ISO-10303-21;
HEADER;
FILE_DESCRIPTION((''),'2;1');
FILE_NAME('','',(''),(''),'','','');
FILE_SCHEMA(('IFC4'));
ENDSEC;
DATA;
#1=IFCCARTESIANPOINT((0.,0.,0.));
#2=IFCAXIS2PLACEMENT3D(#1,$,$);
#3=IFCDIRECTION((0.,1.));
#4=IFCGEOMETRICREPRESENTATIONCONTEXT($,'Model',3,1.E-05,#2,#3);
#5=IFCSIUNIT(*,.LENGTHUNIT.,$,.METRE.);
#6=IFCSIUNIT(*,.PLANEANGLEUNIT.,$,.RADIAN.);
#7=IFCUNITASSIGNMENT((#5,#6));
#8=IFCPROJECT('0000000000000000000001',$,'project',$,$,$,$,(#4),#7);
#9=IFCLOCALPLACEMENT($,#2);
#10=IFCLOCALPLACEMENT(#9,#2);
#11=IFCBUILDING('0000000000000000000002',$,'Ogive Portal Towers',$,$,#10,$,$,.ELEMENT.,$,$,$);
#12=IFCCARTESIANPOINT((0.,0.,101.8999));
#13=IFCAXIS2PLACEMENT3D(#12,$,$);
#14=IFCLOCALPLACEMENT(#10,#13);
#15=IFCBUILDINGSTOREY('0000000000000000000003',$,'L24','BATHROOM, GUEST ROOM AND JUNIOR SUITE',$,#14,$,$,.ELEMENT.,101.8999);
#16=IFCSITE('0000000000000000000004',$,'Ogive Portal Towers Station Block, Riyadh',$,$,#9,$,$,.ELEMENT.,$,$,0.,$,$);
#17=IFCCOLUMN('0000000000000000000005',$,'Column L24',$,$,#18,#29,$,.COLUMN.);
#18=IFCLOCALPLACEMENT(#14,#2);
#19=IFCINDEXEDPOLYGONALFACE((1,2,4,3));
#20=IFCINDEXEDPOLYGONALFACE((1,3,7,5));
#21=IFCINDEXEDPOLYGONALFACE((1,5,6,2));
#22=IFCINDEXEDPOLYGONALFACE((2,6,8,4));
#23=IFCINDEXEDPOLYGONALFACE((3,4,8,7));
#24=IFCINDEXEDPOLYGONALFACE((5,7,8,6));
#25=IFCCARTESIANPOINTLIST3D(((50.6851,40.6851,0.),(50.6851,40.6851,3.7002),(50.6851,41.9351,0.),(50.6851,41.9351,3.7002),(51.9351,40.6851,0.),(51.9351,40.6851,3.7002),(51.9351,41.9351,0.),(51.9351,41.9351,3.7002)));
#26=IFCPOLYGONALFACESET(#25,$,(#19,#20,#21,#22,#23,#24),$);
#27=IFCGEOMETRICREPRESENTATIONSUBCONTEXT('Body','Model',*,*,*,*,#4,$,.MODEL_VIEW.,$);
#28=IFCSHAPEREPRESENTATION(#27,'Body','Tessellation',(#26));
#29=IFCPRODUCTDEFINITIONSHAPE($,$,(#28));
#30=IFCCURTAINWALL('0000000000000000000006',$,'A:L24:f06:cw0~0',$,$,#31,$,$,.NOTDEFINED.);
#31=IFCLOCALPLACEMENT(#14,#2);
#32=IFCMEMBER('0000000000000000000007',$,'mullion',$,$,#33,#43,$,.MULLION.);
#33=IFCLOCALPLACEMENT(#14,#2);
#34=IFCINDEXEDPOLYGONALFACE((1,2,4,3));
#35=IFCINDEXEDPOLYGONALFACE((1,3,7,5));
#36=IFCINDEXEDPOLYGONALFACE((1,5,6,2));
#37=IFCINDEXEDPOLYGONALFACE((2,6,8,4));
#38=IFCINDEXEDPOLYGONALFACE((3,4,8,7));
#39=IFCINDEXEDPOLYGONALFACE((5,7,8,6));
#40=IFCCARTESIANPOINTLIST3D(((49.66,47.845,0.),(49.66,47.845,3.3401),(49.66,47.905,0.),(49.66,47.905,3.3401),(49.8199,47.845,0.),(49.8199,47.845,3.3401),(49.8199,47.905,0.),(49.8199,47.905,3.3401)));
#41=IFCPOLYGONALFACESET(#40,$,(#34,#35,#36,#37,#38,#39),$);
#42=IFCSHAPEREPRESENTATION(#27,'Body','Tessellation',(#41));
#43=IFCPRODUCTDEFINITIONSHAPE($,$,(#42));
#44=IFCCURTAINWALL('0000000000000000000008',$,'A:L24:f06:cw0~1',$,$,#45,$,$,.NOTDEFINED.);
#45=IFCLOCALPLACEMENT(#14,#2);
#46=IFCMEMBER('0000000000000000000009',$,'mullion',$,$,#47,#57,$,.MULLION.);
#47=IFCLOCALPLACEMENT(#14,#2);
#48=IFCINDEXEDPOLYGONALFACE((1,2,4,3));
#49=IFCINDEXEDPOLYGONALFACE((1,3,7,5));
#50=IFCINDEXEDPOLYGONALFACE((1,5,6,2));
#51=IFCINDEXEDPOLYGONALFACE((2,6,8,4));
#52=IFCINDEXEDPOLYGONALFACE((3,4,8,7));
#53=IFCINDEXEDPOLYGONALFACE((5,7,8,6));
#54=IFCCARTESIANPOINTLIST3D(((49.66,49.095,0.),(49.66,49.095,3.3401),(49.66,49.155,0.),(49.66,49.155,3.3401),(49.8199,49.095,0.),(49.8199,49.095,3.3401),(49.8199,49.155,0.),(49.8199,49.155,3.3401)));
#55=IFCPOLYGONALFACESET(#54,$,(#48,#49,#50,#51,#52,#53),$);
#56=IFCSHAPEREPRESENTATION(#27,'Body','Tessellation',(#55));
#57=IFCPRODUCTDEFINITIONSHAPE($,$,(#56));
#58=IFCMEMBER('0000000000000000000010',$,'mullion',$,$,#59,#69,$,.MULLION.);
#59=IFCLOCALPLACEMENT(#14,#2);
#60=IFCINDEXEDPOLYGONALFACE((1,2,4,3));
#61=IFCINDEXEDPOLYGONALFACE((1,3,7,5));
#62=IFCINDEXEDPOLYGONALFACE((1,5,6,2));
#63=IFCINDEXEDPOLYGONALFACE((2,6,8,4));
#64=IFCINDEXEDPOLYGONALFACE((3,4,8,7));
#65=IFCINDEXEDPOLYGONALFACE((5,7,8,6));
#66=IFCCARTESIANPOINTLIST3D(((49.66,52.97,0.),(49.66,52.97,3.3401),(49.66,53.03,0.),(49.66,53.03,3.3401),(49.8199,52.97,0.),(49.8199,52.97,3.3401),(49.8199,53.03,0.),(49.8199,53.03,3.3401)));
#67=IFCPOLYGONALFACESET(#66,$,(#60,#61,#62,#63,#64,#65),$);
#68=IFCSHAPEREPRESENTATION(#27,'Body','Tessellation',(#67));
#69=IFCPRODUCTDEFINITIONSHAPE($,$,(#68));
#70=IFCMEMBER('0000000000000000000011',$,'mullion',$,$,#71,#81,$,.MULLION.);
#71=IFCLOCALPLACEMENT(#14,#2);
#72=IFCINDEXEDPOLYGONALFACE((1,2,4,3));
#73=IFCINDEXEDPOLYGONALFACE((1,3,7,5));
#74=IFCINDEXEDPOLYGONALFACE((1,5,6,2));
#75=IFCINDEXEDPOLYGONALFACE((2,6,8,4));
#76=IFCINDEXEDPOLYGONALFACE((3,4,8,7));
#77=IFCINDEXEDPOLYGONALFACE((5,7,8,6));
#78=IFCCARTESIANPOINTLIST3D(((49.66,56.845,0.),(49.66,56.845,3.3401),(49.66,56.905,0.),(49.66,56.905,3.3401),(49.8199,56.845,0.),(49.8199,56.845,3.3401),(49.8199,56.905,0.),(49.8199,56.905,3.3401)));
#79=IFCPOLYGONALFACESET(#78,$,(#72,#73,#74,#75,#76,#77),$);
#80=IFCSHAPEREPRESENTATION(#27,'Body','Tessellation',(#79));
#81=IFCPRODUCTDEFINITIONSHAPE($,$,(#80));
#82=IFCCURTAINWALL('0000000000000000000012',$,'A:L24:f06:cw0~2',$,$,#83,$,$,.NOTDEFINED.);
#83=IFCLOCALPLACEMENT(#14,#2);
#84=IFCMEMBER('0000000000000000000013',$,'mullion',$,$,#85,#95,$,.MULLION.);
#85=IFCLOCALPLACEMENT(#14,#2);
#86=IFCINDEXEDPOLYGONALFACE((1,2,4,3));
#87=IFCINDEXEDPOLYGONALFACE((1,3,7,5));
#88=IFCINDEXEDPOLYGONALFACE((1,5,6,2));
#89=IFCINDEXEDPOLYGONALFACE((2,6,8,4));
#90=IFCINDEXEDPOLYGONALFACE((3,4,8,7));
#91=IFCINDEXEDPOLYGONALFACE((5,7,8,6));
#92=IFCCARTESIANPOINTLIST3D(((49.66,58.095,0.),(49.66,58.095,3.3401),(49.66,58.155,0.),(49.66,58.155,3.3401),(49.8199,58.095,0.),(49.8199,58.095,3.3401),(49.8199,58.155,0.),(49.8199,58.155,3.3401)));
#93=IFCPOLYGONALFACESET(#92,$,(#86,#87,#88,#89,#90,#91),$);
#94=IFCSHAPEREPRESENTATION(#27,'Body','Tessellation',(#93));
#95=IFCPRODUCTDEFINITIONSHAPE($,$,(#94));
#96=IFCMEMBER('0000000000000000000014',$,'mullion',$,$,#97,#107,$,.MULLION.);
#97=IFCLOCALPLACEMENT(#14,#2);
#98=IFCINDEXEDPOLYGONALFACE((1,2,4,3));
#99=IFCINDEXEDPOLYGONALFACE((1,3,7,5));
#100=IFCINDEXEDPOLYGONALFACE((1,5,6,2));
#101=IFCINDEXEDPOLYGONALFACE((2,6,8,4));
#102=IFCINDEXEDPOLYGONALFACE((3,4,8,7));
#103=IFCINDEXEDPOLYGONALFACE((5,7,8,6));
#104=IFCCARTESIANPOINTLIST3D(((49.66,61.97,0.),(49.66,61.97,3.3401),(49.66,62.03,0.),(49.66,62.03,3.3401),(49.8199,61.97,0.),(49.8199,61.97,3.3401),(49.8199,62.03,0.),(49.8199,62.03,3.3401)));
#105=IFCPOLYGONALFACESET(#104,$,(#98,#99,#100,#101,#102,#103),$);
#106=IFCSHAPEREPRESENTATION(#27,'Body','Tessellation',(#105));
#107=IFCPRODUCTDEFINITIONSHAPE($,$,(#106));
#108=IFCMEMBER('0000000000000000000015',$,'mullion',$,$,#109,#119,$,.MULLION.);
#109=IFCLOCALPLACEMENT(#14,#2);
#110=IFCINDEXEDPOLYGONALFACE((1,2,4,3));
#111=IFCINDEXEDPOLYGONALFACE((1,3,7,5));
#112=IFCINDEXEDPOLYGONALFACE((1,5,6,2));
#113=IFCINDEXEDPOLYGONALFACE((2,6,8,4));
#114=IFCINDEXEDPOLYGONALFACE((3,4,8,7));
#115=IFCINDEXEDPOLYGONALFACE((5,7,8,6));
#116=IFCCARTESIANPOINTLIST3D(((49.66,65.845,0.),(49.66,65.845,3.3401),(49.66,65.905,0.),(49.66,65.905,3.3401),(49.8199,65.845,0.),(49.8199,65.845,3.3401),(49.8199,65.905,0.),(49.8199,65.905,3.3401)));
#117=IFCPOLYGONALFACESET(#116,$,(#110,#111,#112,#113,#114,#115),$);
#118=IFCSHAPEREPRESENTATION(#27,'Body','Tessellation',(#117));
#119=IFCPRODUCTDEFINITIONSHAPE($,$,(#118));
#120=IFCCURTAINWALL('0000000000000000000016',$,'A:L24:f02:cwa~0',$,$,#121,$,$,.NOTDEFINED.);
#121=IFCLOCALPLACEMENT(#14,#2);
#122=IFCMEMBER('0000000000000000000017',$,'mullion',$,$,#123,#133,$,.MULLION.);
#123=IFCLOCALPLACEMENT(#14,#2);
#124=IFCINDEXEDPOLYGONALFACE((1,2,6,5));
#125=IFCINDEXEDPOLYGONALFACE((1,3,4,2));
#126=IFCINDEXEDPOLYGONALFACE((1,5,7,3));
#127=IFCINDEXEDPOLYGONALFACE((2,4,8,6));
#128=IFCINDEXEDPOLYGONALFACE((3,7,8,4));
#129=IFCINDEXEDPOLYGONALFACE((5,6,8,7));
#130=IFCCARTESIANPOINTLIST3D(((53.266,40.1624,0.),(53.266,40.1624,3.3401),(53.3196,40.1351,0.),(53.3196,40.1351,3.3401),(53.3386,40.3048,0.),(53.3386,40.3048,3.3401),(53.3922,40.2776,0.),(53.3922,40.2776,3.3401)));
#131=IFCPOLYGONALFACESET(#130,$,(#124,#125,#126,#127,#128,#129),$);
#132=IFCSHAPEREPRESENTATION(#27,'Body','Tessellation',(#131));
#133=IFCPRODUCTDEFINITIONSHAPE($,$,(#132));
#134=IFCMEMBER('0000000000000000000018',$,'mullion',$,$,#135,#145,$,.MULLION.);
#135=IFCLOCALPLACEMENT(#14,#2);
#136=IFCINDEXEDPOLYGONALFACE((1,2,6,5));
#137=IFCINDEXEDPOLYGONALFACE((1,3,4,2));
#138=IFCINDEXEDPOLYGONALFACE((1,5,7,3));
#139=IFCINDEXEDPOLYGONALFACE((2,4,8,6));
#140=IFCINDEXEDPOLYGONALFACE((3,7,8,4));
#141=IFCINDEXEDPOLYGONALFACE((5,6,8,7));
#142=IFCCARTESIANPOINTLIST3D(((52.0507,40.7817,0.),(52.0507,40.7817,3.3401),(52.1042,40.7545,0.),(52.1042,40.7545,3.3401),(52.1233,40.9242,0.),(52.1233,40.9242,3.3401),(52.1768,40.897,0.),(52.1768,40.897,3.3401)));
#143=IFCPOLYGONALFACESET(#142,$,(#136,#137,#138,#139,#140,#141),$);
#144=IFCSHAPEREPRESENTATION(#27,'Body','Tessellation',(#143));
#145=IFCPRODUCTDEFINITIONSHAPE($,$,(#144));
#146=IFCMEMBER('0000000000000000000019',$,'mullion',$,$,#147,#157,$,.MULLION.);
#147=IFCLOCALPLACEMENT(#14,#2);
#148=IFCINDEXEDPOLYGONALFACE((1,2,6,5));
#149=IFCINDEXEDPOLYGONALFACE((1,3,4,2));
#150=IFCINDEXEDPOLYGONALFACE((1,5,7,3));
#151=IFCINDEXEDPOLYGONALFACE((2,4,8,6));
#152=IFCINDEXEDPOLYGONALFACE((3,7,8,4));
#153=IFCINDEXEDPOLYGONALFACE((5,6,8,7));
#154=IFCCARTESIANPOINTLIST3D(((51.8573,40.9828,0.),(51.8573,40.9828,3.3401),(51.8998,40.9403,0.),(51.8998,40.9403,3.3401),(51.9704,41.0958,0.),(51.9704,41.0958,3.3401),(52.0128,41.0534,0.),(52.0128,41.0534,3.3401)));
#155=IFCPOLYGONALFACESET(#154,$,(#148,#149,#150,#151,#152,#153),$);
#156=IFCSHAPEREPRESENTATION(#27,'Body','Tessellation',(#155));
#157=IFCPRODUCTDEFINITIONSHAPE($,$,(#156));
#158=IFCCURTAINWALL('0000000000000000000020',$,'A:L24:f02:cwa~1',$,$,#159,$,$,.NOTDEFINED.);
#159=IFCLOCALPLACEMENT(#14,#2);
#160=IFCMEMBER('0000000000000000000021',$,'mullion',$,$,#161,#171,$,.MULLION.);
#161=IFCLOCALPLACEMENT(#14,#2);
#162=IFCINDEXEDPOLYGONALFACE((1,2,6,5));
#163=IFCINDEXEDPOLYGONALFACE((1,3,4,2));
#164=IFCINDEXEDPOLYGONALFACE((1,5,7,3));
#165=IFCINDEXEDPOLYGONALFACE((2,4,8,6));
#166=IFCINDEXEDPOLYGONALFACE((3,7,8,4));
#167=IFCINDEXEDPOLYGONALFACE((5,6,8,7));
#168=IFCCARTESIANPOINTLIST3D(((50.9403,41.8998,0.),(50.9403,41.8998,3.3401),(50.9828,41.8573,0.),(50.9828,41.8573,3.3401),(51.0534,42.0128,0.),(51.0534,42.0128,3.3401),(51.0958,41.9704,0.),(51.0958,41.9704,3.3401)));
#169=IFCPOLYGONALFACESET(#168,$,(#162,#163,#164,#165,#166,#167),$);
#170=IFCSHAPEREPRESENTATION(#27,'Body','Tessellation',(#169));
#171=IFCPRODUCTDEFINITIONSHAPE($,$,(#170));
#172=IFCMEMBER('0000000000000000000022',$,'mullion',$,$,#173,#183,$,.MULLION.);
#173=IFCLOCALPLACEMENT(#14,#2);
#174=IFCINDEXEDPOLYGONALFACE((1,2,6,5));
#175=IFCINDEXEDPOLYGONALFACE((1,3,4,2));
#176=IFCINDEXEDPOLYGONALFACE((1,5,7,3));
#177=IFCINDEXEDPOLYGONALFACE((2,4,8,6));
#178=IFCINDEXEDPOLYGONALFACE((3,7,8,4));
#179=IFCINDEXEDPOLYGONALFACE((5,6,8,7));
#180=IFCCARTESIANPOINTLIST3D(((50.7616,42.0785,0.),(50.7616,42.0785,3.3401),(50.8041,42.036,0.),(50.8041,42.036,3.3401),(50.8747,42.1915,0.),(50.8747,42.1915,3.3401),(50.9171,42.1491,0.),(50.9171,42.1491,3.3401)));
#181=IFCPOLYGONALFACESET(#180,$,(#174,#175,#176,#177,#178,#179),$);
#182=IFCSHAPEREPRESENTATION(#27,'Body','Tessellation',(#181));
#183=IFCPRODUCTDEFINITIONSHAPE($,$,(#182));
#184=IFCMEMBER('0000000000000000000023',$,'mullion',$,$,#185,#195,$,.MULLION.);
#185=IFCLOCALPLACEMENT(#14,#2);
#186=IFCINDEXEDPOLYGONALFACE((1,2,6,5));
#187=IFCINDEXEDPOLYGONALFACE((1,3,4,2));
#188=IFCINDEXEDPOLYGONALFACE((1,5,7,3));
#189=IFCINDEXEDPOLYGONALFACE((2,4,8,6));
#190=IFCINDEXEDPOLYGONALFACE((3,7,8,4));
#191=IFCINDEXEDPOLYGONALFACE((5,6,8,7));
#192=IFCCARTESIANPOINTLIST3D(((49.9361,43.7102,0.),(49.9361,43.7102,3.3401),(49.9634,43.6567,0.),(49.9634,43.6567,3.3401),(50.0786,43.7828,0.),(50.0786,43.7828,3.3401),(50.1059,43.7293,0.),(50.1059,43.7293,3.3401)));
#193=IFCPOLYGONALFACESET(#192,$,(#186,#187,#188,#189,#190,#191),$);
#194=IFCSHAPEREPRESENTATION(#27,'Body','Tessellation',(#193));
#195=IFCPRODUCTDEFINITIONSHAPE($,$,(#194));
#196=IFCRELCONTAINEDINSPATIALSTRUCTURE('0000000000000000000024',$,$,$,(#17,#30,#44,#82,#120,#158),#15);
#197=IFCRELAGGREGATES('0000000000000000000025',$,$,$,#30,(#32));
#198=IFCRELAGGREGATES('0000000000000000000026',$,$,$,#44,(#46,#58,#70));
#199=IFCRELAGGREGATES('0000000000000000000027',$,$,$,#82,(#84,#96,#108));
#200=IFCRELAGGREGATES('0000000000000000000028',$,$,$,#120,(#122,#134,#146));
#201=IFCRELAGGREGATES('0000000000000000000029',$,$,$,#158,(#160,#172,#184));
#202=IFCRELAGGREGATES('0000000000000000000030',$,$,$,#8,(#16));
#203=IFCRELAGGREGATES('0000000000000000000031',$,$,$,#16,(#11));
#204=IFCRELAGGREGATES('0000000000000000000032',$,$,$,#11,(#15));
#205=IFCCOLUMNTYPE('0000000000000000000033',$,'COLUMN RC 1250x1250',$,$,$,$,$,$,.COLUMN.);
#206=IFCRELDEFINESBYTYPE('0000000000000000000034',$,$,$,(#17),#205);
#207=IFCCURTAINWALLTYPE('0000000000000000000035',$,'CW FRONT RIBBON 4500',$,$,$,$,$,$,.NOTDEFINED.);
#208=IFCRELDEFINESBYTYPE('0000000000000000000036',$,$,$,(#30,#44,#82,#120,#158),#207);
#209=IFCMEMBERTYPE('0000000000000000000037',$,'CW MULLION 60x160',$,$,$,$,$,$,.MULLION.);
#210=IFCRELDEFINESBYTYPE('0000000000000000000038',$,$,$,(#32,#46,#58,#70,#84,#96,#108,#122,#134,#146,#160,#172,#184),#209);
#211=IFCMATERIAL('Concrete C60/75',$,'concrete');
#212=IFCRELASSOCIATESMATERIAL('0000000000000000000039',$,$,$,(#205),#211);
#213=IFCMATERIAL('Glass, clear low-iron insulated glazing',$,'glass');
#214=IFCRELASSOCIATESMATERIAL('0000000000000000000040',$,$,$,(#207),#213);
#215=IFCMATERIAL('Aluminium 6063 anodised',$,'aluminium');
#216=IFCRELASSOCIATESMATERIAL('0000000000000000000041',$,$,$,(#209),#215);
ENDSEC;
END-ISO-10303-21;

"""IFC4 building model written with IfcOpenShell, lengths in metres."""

from ifc_helpers import new_model, si_unit, direction, frame, origin, origin_2d, place, context, subcontext, project, spatial, rectangle, extrude, material, material_profile, profile_set, type_object, element, aggregate, save


model = new_model("IFC4")

# Units and contexts
model_context = context("Model", 3, precision=1e-05, world=origin(), true_north=direction((0.0, 1.0)))
body_context = subcontext(model_context, "Body", "Model", "MODEL_VIEW")
ifc_project = project(units=[si_unit("LENGTHUNIT", "METRE"), si_unit("PLANEANGLEUNIT", "RADIAN")], contexts=[model_context])

# Site, building, storey
site_placement = place(None, origin())
site = spatial("IfcSite", under=ifc_project, at=site_placement, Name="Ogive Portal Towers Station Block, Riyadh", CompositionType="ELEMENT", RefElevation=0.0)
building_placement = place(site_placement, origin())
building = spatial("IfcBuilding", under=site, at=building_placement, Name="Ogive Portal Towers", CompositionType="ELEMENT")
storey_placement = place(building_placement, frame((0.0, 0.0, 101.8999)))
storey = spatial("IfcBuildingStorey", under=building, at=storey_placement, Name="L24", Description="BATHROOM, GUEST ROOM AND JUNIOR SUITE", CompositionType="ELEMENT", Elevation=101.8999)

# Column
ifc_material_1 = material(Name="Concrete C60/75", Category="concrete")
ifc_material_profile_1 = material_profile(ifc_material_1, rectangle(XDim=1.25, YDim=1.25, at=origin_2d()), Name="RC 1250x1250")
ifc_profile_set_1 = profile_set([ifc_material_profile_1], Name="Concrete C60/75")
column_type = type_object("IfcColumnType", Name="COLUMN RC 1250x1250", PredefinedType="COLUMN", material=ifc_profile_set_1)
column_placement = place(storey_placement, frame((51.3101, 41.3101, 0.0), z_axis=(0.0, 0.0, 1.0), x_axis=(1.0, 0.0, 0.0)))
element("IfcColumn", 1, at=column_placement, inside=storey, type_object=column_type, Name="Column L24", PredefinedType="COLUMN", context=body_context, shape_type="SweptSolid", body=[
    extrude(rectangle(XDim=1.25, YDim=1.25, at=origin_2d()), origin(), (0.0, 0.0, 1.0), 3.7002),
])

# Curtain wall, member
ifc_material_2 = material(Name="Glass, clear low-iron insulated glazing", Category="glass")
curtain_wall_type = type_object("IfcCurtainWallType", Name="CW FRONT RIBBON 4500", PredefinedType="NOTDEFINED", material=ifc_material_2)
curtain_wall_1_placement = place(storey_placement, origin())
curtain_wall_1 = element("IfcCurtainWall", 2, at=curtain_wall_1_placement, inside=storey, type_object=curtain_wall_type, Name="A:L24:f06:cw0~0", PredefinedType="NOTDEFINED")
ifc_material_3 = material(Name="Aluminium 6063 anodised", Category="aluminium")
ifc_material_profile_2 = material_profile(ifc_material_3, rectangle(XDim=0.1599, YDim=0.0601, at=origin_2d()), Name="AL 60x160")
ifc_profile_set_2 = profile_set([ifc_material_profile_2], Name="Aluminium 6063 anodised")
member_type_1 = type_object("IfcMemberType", Name="CW MULLION 60x160", PredefinedType="MULLION", material=ifc_profile_set_2)
member_1_placement = place(storey_placement, frame((49.74, 47.875, 0.0), z_axis=(0.0, 0.0, 1.0), x_axis=(-1.0, 0.0, 0.0)))
member_1 = element("IfcMember", 3, at=member_1_placement, type_object=member_type_1, Name="mullion", PredefinedType="MULLION", context=body_context, shape_type="SweptSolid", body=[
    extrude(rectangle(XDim=0.1599, YDim=0.0601, at=origin_2d()), origin(), (0.0, 0.0, 1.0), 3.3401),
])
aggregate(curtain_wall_1, [member_1])

# Curtain walls, members
curtain_wall_2_placement = place(storey_placement, origin())
curtain_wall_2 = element("IfcCurtainWall", 4, at=curtain_wall_2_placement, inside=storey, type_object=curtain_wall_type, Name="A:L24:f06:cw0~1", PredefinedType="NOTDEFINED")
member_2_placement = place(storey_placement, frame((49.74, 49.125, 0.0), z_axis=(0.0, 0.0, 1.0), x_axis=(-1.0, 0.0, 0.0)))
member_2 = element("IfcMember", 5, at=member_2_placement, type_object=member_type_1, Name="mullion", PredefinedType="MULLION", context=body_context, shape_type="SweptSolid", body=[
    extrude(rectangle(XDim=0.1599, YDim=0.0601, at=origin_2d()), origin(), (0.0, 0.0, 1.0), 3.3401),
])
member_3_placement = place(storey_placement, frame((49.74, 53.0, 0.0), z_axis=(0.0, 0.0, 1.0), x_axis=(-1.0, 0.0, 0.0)))
member_3 = element("IfcMember", 6, at=member_3_placement, type_object=member_type_1, Name="mullion", PredefinedType="MULLION", context=body_context, shape_type="SweptSolid", body=[
    extrude(rectangle(XDim=0.1599, YDim=0.0601, at=origin_2d()), origin(), (0.0, 0.0, 1.0), 3.3401),
])
member_4_placement = place(storey_placement, frame((49.74, 56.875, 0.0), z_axis=(0.0, 0.0, 1.0), x_axis=(-1.0, 0.0, 0.0)))
member_4 = element("IfcMember", 7, at=member_4_placement, type_object=member_type_1, Name="mullion", PredefinedType="MULLION", context=body_context, shape_type="SweptSolid", body=[
    extrude(rectangle(XDim=0.1599, YDim=0.0601, at=origin_2d()), origin(), (0.0, 0.0, 1.0), 3.3401),
])
curtain_wall_3_placement = place(storey_placement, origin())
curtain_wall_3 = element("IfcCurtainWall", 8, at=curtain_wall_3_placement, inside=storey, type_object=curtain_wall_type, Name="A:L24:f06:cw0~2", PredefinedType="NOTDEFINED")
member_5_placement = place(storey_placement, frame((49.74, 58.125, 0.0), z_axis=(0.0, 0.0, 1.0), x_axis=(-1.0, 0.0, 0.0)))
member_5 = element("IfcMember", 9, at=member_5_placement, type_object=member_type_1, Name="mullion", PredefinedType="MULLION", context=body_context, shape_type="SweptSolid", body=[
    extrude(rectangle(XDim=0.1599, YDim=0.0601, at=origin_2d()), origin(), (0.0, 0.0, 1.0), 3.3401),
])
member_6_placement = place(storey_placement, frame((49.74, 62.0, 0.0), z_axis=(0.0, 0.0, 1.0), x_axis=(-1.0, 0.0, 0.0)))
member_6 = element("IfcMember", 10, at=member_6_placement, type_object=member_type_1, Name="mullion", PredefinedType="MULLION", context=body_context, shape_type="SweptSolid", body=[
    extrude(rectangle(XDim=0.1599, YDim=0.0601, at=origin_2d()), origin(), (0.0, 0.0, 1.0), 3.3401),
])
member_7_placement = place(storey_placement, frame((49.74, 65.875, 0.0), z_axis=(0.0, 0.0, 1.0), x_axis=(-1.0, 0.0, 0.0)))
member_7 = element("IfcMember", 11, at=member_7_placement, type_object=member_type_1, Name="mullion", PredefinedType="MULLION", context=body_context, shape_type="SweptSolid", body=[
    extrude(rectangle(XDim=0.1599, YDim=0.0601, at=origin_2d()), origin(), (0.0, 0.0, 1.0), 3.3401),
])
curtain_wall_4_placement = place(storey_placement, origin())
curtain_wall_4 = element("IfcCurtainWall", 12, at=curtain_wall_4_placement, inside=storey, type_object=curtain_wall_type, Name="A:L24:f02:cwa~0", PredefinedType="NOTDEFINED")
member_8_placement = place(storey_placement, frame((53.3291, 40.22, 0.0), z_axis=(0.0, 0.0, 1.0), x_axis=(-0.45399, -0.891007, 0.0)))
member_8 = element("IfcMember", 13, at=member_8_placement, type_object=member_type_1, Name="mullion", PredefinedType="MULLION", context=body_context, shape_type="SweptSolid", body=[
    extrude(rectangle(XDim=0.1599, YDim=0.0601, at=origin_2d()), origin(), (0.0, 0.0, 1.0), 3.3401),
])
member_9_placement = place(storey_placement, frame((52.1138, 40.8394, 0.0), z_axis=(0.0, 0.0, 1.0), x_axis=(-0.45399, -0.891007, 0.0)))
member_9 = element("IfcMember", 14, at=member_9_placement, type_object=member_type_1, Name="mullion", PredefinedType="MULLION", context=body_context, shape_type="SweptSolid", body=[
    extrude(rectangle(XDim=0.1599, YDim=0.0601, at=origin_2d()), origin(), (0.0, 0.0, 1.0), 3.3401),
])
member_10_placement = place(storey_placement, frame((51.9351, 41.0181, 0.0), z_axis=(0.0, 0.0, 1.0), x_axis=(-0.707107, -0.707107, 0.0)))
member_10 = element("IfcMember", 15, at=member_10_placement, type_object=member_type_1, Name="mullion", PredefinedType="MULLION", context=body_context, shape_type="SweptSolid", body=[
    extrude(rectangle(XDim=0.1599, YDim=0.0601, at=origin_2d()), origin(), (0.0, 0.0, 1.0), 3.3401),
])
curtain_wall_5_placement = place(storey_placement, origin())
curtain_wall_5 = element("IfcCurtainWall", 16, at=curtain_wall_5_placement, inside=storey, type_object=curtain_wall_type, Name="A:L24:f02:cwa~1", PredefinedType="NOTDEFINED")
member_11_placement = place(storey_placement, frame((51.0181, 41.9351, 0.0), z_axis=(0.0, 0.0, 1.0), x_axis=(-0.707107, -0.707107, 0.0)))
member_11 = element("IfcMember", 17, at=member_11_placement, type_object=member_type_1, Name="mullion", PredefinedType="MULLION", context=body_context, shape_type="SweptSolid", body=[
    extrude(rectangle(XDim=0.1599, YDim=0.0601, at=origin_2d()), origin(), (0.0, 0.0, 1.0), 3.3401),
])
member_12_placement = place(storey_placement, frame((50.8394, 42.1138, 0.0), z_axis=(0.0, 0.0, 1.0), x_axis=(-0.707107, -0.707107, 0.0)))
member_12 = element("IfcMember", 18, at=member_12_placement, type_object=member_type_1, Name="mullion", PredefinedType="MULLION", context=body_context, shape_type="SweptSolid", body=[
    extrude(rectangle(XDim=0.1599, YDim=0.0601, at=origin_2d()), origin(), (0.0, 0.0, 1.0), 3.3401),
])
member_13_placement = place(storey_placement, frame((50.021, 43.7197, 0.0), z_axis=(0.0, 0.0, 1.0), x_axis=(-0.891007, -0.45399, 0.0)))
member_13 = element("IfcMember", 19, at=member_13_placement, type_object=member_type_1, Name="mullion", PredefinedType="MULLION", context=body_context, shape_type="SweptSolid", body=[
    extrude(rectangle(XDim=0.1599, YDim=0.0601, at=origin_2d()), origin(), (0.0, 0.0, 1.0), 3.3401),
])

aggregate(curtain_wall_2, [member_2, member_3, member_4])
aggregate(curtain_wall_3, [member_5, member_6, member_7])
aggregate(curtain_wall_4, [member_8, member_9, member_10])
aggregate(curtain_wall_5, [member_11, member_12, member_13])

save(model, "model.ifc")
